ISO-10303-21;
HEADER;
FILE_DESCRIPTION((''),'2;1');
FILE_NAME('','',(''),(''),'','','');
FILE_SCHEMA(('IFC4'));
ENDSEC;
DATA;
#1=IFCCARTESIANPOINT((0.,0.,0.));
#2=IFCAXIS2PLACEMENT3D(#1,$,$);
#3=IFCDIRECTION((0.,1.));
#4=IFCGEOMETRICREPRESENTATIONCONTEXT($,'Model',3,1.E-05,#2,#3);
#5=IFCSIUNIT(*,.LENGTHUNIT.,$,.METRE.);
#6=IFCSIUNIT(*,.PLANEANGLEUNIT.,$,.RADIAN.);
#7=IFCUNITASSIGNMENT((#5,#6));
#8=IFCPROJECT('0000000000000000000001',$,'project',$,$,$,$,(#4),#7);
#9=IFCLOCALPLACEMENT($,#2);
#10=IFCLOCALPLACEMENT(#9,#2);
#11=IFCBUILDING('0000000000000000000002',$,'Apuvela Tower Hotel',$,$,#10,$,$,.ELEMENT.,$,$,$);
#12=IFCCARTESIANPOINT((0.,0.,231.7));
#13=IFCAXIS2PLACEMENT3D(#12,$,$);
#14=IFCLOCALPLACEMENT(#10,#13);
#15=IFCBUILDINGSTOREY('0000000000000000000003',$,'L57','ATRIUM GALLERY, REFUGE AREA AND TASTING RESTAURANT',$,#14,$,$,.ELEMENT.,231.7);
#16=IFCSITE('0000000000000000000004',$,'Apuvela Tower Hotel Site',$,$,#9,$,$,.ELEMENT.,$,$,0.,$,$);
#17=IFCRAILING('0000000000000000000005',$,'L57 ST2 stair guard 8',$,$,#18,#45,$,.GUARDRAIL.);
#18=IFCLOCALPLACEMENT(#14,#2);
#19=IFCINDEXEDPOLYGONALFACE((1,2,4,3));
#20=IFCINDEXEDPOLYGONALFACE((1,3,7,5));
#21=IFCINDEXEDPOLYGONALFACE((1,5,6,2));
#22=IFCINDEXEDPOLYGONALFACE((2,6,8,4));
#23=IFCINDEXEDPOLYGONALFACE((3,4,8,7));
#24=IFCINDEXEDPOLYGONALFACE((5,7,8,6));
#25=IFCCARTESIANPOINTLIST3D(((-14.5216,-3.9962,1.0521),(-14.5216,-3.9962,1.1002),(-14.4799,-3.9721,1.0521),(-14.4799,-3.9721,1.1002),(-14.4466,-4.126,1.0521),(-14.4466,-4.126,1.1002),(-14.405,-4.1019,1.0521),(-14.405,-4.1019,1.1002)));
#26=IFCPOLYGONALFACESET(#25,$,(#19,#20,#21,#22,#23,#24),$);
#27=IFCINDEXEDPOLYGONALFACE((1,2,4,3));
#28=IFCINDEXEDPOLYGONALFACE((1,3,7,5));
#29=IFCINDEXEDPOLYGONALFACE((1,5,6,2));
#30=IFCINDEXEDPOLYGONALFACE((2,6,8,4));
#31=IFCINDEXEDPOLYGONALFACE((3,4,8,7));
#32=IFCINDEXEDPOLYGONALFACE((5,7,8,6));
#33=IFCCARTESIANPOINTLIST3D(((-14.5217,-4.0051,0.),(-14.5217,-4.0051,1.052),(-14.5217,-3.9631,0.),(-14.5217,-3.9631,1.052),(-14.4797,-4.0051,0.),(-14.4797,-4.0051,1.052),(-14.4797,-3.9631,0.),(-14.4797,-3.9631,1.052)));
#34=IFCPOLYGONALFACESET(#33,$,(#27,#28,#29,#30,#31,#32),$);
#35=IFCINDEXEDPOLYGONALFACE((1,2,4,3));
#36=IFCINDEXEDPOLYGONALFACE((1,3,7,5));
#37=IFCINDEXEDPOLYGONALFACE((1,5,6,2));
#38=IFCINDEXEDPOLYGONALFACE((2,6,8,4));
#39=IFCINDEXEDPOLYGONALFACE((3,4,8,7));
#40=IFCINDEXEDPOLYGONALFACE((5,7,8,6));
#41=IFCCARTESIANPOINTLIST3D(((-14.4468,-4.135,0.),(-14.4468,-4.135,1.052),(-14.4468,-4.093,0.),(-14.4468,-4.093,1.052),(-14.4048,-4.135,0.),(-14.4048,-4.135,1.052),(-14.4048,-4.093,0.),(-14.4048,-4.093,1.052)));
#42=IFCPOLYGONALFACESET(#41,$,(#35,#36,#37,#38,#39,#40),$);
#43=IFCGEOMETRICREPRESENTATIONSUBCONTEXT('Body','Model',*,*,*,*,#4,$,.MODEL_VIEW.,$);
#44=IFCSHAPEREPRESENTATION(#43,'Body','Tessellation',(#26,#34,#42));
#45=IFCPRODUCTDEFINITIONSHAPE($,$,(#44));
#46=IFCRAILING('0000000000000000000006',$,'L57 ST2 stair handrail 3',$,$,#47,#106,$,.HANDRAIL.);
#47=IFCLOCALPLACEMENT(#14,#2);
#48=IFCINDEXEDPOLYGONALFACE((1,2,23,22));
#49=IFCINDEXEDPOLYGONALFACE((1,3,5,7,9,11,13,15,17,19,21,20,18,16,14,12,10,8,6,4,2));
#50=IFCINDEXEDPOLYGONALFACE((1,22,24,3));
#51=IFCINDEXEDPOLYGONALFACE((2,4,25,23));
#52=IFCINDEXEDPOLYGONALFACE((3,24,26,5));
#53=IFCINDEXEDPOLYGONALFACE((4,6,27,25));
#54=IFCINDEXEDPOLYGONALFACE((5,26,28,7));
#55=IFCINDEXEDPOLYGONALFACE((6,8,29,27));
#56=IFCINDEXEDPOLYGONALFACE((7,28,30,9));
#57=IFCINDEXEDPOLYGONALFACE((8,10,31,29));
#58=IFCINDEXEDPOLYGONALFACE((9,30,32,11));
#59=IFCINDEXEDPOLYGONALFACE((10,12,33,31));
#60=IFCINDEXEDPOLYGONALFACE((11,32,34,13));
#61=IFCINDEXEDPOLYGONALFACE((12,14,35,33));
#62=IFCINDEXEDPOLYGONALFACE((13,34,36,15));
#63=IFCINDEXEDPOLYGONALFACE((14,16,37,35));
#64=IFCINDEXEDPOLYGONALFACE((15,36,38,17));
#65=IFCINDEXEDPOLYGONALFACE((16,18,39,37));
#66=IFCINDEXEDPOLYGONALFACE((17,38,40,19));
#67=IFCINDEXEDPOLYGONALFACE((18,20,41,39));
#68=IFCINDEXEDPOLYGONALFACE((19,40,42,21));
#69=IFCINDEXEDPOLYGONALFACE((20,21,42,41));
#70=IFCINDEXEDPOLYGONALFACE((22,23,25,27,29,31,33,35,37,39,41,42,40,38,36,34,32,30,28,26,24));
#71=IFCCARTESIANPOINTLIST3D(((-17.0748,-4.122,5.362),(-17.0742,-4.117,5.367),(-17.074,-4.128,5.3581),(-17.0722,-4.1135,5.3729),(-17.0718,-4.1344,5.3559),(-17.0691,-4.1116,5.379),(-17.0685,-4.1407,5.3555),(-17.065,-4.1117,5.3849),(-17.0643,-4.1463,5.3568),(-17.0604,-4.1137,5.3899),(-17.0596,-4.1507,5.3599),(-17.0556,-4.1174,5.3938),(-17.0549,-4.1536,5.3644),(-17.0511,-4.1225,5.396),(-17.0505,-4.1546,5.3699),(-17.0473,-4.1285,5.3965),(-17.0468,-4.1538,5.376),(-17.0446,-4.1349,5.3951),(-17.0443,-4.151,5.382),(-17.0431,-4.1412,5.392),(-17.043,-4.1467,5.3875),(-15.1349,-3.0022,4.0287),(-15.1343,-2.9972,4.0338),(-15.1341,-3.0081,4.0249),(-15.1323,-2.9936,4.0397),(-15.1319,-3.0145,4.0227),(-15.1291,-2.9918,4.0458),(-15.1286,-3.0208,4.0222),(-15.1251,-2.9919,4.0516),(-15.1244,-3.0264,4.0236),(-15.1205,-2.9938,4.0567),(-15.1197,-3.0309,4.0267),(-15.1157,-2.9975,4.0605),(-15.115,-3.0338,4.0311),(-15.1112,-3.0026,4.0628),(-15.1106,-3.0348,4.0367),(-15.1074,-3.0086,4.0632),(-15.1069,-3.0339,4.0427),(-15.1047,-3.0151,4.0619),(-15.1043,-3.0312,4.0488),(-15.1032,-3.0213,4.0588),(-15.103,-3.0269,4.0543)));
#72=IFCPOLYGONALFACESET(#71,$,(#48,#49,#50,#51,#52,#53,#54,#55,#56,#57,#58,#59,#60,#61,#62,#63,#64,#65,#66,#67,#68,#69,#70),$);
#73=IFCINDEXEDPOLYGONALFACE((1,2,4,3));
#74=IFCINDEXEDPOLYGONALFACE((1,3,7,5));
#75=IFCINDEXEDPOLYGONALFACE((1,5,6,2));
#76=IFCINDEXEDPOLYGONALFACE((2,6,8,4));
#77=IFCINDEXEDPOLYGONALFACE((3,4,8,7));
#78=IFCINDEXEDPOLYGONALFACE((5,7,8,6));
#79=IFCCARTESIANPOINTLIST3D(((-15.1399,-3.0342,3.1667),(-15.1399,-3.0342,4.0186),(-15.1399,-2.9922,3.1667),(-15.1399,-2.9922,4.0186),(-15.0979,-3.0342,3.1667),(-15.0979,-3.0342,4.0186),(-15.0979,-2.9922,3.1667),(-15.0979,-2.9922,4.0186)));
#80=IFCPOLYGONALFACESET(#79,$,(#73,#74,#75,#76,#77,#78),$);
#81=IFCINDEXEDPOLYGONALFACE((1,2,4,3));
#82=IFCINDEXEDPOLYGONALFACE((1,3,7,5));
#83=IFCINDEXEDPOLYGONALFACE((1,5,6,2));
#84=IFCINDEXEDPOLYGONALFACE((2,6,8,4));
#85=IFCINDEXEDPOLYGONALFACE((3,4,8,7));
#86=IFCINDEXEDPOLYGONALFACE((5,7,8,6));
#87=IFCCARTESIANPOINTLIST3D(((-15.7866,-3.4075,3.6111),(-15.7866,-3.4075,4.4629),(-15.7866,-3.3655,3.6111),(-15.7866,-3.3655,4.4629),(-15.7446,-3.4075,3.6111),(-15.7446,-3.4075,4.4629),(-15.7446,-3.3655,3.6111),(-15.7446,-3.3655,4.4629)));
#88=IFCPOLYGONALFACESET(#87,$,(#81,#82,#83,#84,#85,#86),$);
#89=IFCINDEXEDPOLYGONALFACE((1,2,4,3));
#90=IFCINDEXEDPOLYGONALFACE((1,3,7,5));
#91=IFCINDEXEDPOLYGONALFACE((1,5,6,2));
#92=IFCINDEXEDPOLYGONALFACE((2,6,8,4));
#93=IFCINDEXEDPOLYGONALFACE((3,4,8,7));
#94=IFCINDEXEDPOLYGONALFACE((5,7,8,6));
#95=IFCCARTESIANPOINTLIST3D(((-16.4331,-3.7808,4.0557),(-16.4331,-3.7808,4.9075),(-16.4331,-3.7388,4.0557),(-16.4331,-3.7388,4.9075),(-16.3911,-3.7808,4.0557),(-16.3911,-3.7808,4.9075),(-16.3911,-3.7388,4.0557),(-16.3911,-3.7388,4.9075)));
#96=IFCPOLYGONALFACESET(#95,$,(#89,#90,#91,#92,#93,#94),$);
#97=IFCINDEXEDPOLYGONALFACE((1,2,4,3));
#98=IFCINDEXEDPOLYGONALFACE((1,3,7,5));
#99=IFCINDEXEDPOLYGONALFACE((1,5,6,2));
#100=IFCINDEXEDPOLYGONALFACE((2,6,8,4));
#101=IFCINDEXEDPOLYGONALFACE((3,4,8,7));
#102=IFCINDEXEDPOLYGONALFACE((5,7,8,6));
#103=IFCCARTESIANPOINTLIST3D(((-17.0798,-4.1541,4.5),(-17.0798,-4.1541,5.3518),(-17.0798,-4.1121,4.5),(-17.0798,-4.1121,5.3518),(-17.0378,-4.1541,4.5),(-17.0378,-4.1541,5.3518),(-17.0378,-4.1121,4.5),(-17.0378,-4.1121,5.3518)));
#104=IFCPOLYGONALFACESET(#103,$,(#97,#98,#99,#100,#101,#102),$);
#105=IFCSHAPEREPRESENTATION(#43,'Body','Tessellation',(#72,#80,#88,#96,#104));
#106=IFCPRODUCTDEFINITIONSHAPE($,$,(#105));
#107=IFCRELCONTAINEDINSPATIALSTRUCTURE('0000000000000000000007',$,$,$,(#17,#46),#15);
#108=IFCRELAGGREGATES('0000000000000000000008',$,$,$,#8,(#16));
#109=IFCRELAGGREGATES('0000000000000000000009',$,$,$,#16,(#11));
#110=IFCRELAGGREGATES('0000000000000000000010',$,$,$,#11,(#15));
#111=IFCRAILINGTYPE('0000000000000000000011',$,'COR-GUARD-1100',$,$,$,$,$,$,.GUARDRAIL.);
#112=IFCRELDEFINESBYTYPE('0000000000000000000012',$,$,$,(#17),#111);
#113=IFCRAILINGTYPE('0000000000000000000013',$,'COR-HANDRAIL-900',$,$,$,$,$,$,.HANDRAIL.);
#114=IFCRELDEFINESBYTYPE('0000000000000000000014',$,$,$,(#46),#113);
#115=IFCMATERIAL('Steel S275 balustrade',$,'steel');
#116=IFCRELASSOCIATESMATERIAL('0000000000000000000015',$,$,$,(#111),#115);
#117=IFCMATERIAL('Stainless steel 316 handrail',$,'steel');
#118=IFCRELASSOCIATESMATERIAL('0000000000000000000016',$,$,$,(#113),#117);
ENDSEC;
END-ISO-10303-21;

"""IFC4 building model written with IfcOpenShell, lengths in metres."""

from ifc_helpers import new_model, si_unit, direction, frame, origin, origin_2d, place, context, subcontext, project, spatial, rectangle, circle, extrude, material, type_object, element, save


model = new_model("IFC4")

# Units and contexts
model_context = context("Model", 3, precision=1e-05, world=origin(), true_north=direction((0.0, 1.0)))
body_context = subcontext(model_context, "Body", "Model", "MODEL_VIEW")
ifc_project = project(units=[si_unit("LENGTHUNIT", "METRE"), si_unit("PLANEANGLEUNIT", "RADIAN")], contexts=[model_context])

# Site, building, storey
site_placement = place(None, origin())
site = spatial("IfcSite", under=ifc_project, at=site_placement, Name="Apuvela Tower Hotel Site", CompositionType="ELEMENT", RefElevation=0.0)
building_placement = place(site_placement, origin())
building = spatial("IfcBuilding", under=site, at=building_placement, Name="Apuvela Tower Hotel", CompositionType="ELEMENT")
storey_placement = place(building_placement, frame((0.0, 0.0, 231.7)))
storey = spatial("IfcBuildingStorey", under=building, at=storey_placement, Name="L57", Description="ATRIUM GALLERY, REFUGE AREA AND TASTING RESTAURANT", CompositionType="ELEMENT", Elevation=231.7)

# Railings
ifc_material_1 = material(Name="Steel S275 balustrade", Category="steel")
railing_type_1 = type_object("IfcRailingType", Name="COR-GUARD-1100", PredefinedType="GUARDRAIL", material=ifc_material_1)
railing_1_placement = place(storey_placement, frame((-14.5007, -3.9841, 0.0)))
element("IfcRailing", 1, at=railing_1_placement, inside=storey, type_object=railing_type_1, Name="L57 ST2 stair guard 8", PredefinedType="GUARDRAIL", context=body_context, shape_type="SweptSolid", body=[
    extrude(rectangle(XDim=0.0481, YDim=0.0481, at=origin_2d()), frame((0.0, 0.0, 1.0762), z_axis=(0.499816, -0.866131, 0.0), x_axis=(0.866131, 0.499816, 0.0)), (0.0, 0.0, 1.0), 0.1499),
    extrude(rectangle(XDim=0.042, YDim=0.042, at=origin_2d()), origin(), (0.0, 0.0, 1.0), 1.052),
    extrude(rectangle(XDim=0.042, YDim=0.042, at=origin_2d()), frame((0.075, -0.1299, 0.0)), (0.0, 0.0, 1.0), 1.052),
])
ifc_material_2 = material(Name="Stainless steel 316 handrail", Category="steel")
railing_type_2 = type_object("IfcRailingType", Name="COR-HANDRAIL-900", PredefinedType="HANDRAIL", material=ifc_material_2)
railing_2_placement = place(storey_placement, frame((-15.1189, -3.0132, 3.1667)))
element("IfcRailing", 2, at=railing_2_placement, inside=storey, type_object=railing_type_2, Name="L57 ST2 stair handrail 3", PredefinedType="HANDRAIL", context=body_context, shape_type="SweptSolid", body=[
    extrude(circle(Radius=0.0239, at=origin_2d()), frame((0.0, 0.0, 0.876), z_axis=(-0.744205, -0.429608, 0.511465), x_axis=(0.499949, -0.866055, 0.0)), (0.0, 0.0, 1.0), 2.6067),
    extrude(rectangle(XDim=0.042, YDim=0.042, at=origin_2d()), origin(), (0.0, 0.0, 1.0), 0.8518),
    extrude(rectangle(XDim=0.042, YDim=0.042, at=origin_2d()), frame((-0.6467, -0.3733, 0.4443)), (0.0, 0.0, 1.0), 0.8518),
    extrude(rectangle(XDim=0.042, YDim=0.042, at=origin_2d()), frame((-1.2932, -0.7466, 0.8889)), (0.0, 0.0, 1.0), 0.8518),
    extrude(rectangle(XDim=0.042, YDim=0.042, at=origin_2d()), frame((-1.9399, -1.1199, 1.3333)), (0.0, 0.0, 1.0), 0.8518),
])

save(model, "model.ifc")
